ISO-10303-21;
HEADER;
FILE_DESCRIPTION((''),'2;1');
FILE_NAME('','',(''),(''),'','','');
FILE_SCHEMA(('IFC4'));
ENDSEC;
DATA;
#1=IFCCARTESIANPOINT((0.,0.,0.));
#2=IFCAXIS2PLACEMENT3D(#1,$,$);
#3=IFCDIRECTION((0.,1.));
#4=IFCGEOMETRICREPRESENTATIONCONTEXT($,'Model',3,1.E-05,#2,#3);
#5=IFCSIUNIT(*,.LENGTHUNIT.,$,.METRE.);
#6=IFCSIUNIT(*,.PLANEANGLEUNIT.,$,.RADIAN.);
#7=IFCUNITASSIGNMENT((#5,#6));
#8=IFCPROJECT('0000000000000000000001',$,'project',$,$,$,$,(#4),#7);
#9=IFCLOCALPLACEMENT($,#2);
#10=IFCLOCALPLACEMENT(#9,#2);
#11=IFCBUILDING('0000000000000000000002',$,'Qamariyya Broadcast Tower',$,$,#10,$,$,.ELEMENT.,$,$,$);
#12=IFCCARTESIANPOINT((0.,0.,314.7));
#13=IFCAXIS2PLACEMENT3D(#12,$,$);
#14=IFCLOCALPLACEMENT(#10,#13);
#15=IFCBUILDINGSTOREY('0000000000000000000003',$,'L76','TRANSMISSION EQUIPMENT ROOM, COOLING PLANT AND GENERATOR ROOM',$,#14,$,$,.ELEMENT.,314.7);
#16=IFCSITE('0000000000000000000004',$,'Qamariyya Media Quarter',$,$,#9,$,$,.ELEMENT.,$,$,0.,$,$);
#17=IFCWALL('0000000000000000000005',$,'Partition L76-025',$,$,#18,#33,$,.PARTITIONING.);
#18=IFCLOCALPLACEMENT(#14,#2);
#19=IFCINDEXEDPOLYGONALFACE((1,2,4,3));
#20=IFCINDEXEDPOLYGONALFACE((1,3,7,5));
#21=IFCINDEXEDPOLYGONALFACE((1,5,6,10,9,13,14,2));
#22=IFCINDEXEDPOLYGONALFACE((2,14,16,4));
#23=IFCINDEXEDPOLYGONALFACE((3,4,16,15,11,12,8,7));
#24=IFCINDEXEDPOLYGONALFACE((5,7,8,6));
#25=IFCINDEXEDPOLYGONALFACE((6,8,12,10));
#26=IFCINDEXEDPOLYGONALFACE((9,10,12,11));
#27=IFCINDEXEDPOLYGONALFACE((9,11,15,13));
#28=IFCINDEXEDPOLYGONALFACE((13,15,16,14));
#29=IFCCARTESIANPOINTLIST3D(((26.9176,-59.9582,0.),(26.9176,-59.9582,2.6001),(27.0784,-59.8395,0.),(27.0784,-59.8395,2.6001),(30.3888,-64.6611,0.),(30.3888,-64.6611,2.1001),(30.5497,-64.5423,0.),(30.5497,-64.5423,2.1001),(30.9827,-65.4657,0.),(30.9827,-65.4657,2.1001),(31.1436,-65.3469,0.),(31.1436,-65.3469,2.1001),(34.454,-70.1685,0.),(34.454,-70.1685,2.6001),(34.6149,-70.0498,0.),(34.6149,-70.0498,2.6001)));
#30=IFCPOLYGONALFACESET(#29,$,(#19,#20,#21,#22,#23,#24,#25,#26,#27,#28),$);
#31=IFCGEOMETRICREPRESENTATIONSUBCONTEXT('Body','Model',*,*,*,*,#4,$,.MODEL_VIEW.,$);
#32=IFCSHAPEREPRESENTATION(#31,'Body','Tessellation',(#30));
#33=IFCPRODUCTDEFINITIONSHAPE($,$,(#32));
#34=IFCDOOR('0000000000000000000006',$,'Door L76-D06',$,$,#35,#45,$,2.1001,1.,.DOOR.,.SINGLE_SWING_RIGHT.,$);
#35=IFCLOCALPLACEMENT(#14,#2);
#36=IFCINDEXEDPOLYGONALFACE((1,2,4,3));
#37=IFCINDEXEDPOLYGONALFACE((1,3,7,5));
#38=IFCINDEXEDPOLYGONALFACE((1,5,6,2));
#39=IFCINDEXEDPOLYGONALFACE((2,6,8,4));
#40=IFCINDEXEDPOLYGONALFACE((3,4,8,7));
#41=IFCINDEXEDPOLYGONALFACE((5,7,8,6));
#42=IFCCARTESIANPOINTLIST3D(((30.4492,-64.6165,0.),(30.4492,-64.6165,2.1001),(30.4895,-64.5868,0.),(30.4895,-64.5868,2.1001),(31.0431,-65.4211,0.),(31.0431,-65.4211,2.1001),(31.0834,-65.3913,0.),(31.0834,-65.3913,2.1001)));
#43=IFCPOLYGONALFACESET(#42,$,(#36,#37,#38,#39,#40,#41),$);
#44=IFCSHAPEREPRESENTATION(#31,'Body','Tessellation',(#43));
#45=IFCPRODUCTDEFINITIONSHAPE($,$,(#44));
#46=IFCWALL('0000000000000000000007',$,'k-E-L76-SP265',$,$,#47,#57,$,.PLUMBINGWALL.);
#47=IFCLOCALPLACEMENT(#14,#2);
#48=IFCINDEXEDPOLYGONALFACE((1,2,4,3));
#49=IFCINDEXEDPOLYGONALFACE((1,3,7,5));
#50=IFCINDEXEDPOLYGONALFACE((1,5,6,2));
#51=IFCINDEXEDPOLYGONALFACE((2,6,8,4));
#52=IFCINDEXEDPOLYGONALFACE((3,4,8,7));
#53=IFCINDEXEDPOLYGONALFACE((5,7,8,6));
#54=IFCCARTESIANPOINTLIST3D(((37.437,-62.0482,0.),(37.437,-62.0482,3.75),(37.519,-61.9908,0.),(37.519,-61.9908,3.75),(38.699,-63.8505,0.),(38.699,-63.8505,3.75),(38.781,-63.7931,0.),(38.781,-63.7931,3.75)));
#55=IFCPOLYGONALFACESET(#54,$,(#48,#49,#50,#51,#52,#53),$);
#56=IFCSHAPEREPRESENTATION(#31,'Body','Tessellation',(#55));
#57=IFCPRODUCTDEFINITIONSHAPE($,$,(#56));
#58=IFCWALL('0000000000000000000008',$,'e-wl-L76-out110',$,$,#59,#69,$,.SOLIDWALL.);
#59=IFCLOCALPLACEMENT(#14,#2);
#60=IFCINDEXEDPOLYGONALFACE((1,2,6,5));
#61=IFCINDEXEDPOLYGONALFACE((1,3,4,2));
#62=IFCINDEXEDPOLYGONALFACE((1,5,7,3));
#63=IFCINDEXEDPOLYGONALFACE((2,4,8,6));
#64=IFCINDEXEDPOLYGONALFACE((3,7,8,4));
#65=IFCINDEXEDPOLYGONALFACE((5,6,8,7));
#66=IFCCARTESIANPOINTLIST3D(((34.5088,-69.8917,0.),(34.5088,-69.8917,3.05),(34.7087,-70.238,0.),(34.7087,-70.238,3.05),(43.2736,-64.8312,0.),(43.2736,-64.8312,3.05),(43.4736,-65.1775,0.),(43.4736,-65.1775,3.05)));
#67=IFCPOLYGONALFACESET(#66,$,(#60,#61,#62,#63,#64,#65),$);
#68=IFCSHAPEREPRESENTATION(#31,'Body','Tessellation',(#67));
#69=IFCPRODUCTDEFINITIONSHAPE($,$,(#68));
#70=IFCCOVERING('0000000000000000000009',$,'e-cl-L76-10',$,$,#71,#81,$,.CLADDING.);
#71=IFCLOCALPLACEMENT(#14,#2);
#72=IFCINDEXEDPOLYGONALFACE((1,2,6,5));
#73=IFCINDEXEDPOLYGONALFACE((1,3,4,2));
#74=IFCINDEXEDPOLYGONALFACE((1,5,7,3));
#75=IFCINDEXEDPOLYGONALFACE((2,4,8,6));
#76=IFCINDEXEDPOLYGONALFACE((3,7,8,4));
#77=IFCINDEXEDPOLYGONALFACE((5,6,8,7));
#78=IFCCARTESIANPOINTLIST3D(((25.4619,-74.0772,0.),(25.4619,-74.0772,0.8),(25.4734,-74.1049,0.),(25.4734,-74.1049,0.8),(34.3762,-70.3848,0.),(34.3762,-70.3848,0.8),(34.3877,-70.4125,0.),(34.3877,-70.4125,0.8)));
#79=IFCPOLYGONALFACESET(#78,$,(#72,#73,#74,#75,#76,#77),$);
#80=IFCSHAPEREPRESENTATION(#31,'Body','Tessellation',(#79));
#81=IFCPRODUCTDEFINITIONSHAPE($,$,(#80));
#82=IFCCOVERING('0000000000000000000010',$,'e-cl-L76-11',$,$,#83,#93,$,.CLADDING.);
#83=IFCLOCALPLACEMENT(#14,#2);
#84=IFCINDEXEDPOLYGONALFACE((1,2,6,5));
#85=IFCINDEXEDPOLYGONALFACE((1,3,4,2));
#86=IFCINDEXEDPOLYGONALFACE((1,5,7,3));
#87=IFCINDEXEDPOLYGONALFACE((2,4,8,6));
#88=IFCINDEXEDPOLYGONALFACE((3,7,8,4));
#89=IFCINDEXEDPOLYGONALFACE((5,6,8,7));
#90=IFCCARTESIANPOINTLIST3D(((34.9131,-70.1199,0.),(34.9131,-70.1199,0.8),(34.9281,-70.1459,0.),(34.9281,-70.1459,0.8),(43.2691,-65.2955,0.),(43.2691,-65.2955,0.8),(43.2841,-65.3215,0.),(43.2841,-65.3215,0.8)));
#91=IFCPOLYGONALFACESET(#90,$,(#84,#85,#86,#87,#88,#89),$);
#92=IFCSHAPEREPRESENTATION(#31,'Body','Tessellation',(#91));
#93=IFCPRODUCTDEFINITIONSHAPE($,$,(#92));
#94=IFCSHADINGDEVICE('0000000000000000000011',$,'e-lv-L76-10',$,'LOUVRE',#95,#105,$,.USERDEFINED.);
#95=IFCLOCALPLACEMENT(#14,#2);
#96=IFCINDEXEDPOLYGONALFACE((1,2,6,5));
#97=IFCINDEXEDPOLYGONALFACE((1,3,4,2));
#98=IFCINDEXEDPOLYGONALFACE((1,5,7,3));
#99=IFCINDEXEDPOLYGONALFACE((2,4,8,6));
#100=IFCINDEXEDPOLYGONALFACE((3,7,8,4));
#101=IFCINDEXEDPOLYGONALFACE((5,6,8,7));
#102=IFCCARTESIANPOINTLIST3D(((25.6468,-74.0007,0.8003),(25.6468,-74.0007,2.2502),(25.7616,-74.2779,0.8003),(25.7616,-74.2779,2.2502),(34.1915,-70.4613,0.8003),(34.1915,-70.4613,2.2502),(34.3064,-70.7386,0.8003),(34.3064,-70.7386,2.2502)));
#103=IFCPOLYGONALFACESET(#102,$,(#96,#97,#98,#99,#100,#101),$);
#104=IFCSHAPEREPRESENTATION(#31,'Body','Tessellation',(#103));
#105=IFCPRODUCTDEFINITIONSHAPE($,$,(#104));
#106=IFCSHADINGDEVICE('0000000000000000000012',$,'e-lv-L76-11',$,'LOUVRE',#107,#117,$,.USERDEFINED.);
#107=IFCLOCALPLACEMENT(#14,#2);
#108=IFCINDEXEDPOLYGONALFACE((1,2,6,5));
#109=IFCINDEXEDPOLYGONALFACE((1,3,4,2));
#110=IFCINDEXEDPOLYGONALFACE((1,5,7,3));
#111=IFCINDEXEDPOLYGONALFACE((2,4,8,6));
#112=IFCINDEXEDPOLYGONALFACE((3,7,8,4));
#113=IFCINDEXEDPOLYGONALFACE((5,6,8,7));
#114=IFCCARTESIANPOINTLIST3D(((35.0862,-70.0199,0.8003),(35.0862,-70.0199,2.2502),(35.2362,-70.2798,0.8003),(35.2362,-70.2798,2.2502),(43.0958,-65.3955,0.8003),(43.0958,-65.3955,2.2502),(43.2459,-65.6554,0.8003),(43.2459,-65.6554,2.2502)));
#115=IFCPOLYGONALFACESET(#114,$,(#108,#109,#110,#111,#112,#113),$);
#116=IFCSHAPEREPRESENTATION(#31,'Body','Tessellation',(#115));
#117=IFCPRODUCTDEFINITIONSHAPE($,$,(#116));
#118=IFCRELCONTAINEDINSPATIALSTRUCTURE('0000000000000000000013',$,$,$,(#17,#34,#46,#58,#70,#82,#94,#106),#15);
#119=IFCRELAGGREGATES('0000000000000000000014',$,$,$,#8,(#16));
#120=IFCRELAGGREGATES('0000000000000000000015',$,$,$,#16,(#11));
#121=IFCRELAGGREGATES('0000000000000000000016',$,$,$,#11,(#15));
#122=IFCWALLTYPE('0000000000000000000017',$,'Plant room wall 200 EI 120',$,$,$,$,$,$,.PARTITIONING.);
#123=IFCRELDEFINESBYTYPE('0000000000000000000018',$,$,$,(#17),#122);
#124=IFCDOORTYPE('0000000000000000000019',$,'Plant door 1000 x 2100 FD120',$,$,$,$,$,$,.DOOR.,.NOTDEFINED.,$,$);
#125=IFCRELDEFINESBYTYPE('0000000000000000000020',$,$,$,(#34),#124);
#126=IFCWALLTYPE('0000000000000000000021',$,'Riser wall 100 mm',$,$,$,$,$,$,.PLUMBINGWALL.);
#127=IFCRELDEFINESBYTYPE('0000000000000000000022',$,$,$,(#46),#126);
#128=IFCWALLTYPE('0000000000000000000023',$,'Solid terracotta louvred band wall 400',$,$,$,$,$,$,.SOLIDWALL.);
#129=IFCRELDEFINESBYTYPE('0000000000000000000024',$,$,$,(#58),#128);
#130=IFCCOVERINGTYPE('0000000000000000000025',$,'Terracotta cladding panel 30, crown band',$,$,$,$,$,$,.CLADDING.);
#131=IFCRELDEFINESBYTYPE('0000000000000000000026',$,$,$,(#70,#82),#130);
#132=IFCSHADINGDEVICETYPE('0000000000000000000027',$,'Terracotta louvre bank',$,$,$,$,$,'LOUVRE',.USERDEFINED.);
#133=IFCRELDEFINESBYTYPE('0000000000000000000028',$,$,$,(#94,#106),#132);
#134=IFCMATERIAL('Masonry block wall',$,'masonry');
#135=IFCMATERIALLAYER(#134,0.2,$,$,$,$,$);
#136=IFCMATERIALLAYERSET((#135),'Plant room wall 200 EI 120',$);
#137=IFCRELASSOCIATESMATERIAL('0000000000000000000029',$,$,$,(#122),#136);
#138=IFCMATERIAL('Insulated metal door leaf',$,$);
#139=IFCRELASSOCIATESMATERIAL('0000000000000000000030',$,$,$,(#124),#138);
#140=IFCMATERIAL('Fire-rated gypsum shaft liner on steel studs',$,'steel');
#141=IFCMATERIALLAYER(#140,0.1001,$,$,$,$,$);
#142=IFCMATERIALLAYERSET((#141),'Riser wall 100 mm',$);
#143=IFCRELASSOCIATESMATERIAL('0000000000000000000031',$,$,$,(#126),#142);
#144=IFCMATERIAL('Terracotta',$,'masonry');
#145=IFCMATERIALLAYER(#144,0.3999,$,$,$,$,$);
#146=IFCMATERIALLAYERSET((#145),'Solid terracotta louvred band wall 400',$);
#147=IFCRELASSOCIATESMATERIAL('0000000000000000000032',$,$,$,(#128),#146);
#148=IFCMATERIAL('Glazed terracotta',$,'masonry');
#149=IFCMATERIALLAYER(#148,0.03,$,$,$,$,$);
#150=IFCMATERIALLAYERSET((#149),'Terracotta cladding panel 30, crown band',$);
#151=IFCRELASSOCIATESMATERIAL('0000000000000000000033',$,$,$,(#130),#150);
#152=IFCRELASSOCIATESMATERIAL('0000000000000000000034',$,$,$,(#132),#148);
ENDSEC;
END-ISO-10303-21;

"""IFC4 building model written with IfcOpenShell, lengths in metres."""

from ifc_helpers import new_model, si_unit, direction, frame, frame_2d, origin, origin_2d, place, context, subcontext, project, spatial, rectangle, extrude, material, layer, layer_set, type_object, element, fill, save


model = new_model("IFC4")

# Units and contexts
model_context = context("Model", 3, precision=1e-05, world=origin(), true_north=direction((0.0, 1.0)))
body_context = subcontext(model_context, "Body", "Model", "MODEL_VIEW")
ifc_project = project(units=[si_unit("LENGTHUNIT", "METRE"), si_unit("PLANEANGLEUNIT", "RADIAN")], contexts=[model_context])

# Site, building, storey
site_placement = place(None, origin())
site = spatial("IfcSite", under=ifc_project, at=site_placement, Name="Qamariyya Media Quarter", CompositionType="ELEMENT", RefElevation=0.0)
building_placement = place(site_placement, origin())
building = spatial("IfcBuilding", under=site, at=building_placement, Name="Qamariyya Broadcast Tower", CompositionType="ELEMENT")
storey_placement = place(building_placement, frame((0.0, 0.0, 314.7)))
storey = spatial("IfcBuildingStorey", under=building, at=storey_placement, Name="L76", Description="TRANSMISSION EQUIPMENT ROOM, COOLING PLANT AND GENERATOR ROOM", CompositionType="ELEMENT", Elevation=314.7)

# Wall, opening, door
ifc_material_1 = material(Name="Masonry block wall", Category="masonry")
ifc_layer_1 = layer(ifc_material_1, 0.2)
ifc_layer_set_1 = layer_set([ifc_layer_1], Name="Plant room wall 200 EI 120")
wall_type_1 = type_object("IfcWallType", Name="Plant room wall 200 EI 120", PredefinedType="PARTITIONING", material=ifc_layer_set_1)
wall_1_placement = place(storey_placement, frame((34.5344, -70.1091, 0.0), z_axis=(0.0, 0.0, 1.0), x_axis=(-0.593866, 0.804564, 0.0)))
wall_1 = element("IfcWall", 1, at=wall_1_placement, inside=storey, type_object=wall_type_1, Name="Partition L76-025", PredefinedType="PARTITIONING", context=body_context, shape_type="SweptSolid", body=[
    extrude(rectangle(XDim=12.6904, YDim=0.2, at=frame_2d((6.3452, 0.0))), origin(), (0.0, 0.0, 1.0), 2.6001),
])
opening_1_placement = place(wall_1_placement, frame((5.8452, 0.0, 0.0)))
opening_1 = element("IfcOpeningElement", 2, at=opening_1_placement, cuts=wall_1, PredefinedType="OPENING", context=body_context, shape_type="SweptSolid", body=[
    extrude(rectangle(XDim=1.0, YDim=2.1001, at=frame_2d((0.5, 1.05))), frame((0.0, 0.1099, 0.0), z_axis=(0.0, -1.0, 0.0), x_axis=(1.0, 0.0, 0.0)), (0.0, 0.0, 1.0), 0.22),
])
ifc_material_2 = material(Name="Insulated metal door leaf")
door_type_1 = type_object("IfcDoorType", Name="Plant door 1000 x 2100 FD120", OperationType="NOTDEFINED", PredefinedType="DOOR", material=ifc_material_2)
door_1_placement = place(opening_1_placement, origin())
door_1 = element("IfcDoor", 3, at=door_1_placement, inside=storey, type_object=door_type_1, Name="Door L76-D06", OperationType="SINGLE_SWING_RIGHT", OverallHeight=2.1001, OverallWidth=1.0, PredefinedType="DOOR", context=body_context, shape_type="SweptSolid", body=[
    extrude(rectangle(XDim=1.0, YDim=2.1001, at=frame_2d((0.5, 1.05))), frame((0.0, 0.0249, 0.0), z_axis=(0.0, -1.0, 0.0), x_axis=(1.0, 0.0, 0.0)), (0.0, 0.0, 1.0), 0.05),
])
fill(opening_1, door_1)

# Walls
ifc_material_3 = material(Name="Fire-rated gypsum shaft liner on steel studs", Category="steel")
ifc_layer_2 = layer(ifc_material_3, 0.1001)
ifc_layer_set_2 = layer_set([ifc_layer_2], Name="Riser wall 100 mm")
wall_type_2 = type_object("IfcWallType", Name="Riser wall 100 mm", PredefinedType="PLUMBINGWALL", material=ifc_layer_set_2)
wall_2_placement = place(storey_placement, frame((37.478, -62.0195, 0.0), z_axis=(0.0, 0.0, 1.0), x_axis=(0.573581, -0.819149, 0.0)))
element("IfcWall", 4, at=wall_2_placement, inside=storey, type_object=wall_type_2, Name="k-E-L76-SP265", PredefinedType="PLUMBINGWALL", context=body_context, shape_type="SweptSolid", body=[
    extrude(rectangle(XDim=2.2002, YDim=0.1001, at=frame_2d((1.1001, 0.0))), origin(), (0.0, 0.0, 1.0), 3.75),
])
ifc_material_4 = material(Name="Terracotta", Category="masonry")
ifc_layer_3 = layer(ifc_material_4, 0.3999)
ifc_layer_set_3 = layer_set([ifc_layer_3], Name="Solid terracotta louvred band wall 400")
wall_type_3 = type_object("IfcWallType", Name="Solid terracotta louvred band wall 400", PredefinedType="SOLIDWALL", material=ifc_layer_set_3)
wall_3_placement = place(storey_placement, frame((34.6086, -70.0649, 0.0), z_axis=(0.0, 0.0, 1.0), x_axis=(0.86602, 0.50001, 0.0)))
element("IfcWall", 5, at=wall_3_placement, inside=storey, type_object=wall_type_3, Name="e-wl-L76-out110", PredefinedType="SOLIDWALL", context=body_context, shape_type="SweptSolid", body=[
    extrude(rectangle(XDim=10.1208, YDim=0.3999, at=frame_2d((5.0605, 0.0))), origin(), (0.0, 0.0, 1.0), 3.05),
])

# Coverings
ifc_material_5 = material(Name="Glazed terracotta", Category="masonry")
ifc_layer_4 = layer(ifc_material_5, 0.03)
ifc_layer_set_4 = layer_set([ifc_layer_4], Name="Terracotta cladding panel 30, crown band")
covering_type = type_object("IfcCoveringType", Name="Terracotta cladding panel 30, crown band", PredefinedType="CLADDING", material=ifc_layer_set_4)
for number, where, z_axis, x_axis, name in (
    (6, (29.9248, -72.2449, 0.0), (0.0, 0.0, 1.0), (0.92388, 0.382683, 0.0), "e-cl-L76-10"),
    (7, (39.0986, -67.7207, 0.0), (0.0, 0.0, 1.0), (0.866025, 0.5, 0.0), "e-cl-L76-11"),
):
    element("IfcCovering", number, at=place(storey_placement, frame(where, z_axis=z_axis, x_axis=x_axis)), inside=storey, type_object=covering_type, Name=name, PredefinedType="CLADDING", context=body_context, shape_type="SweptSolid", body=[
        extrude(rectangle(XDim=9.6487, YDim=0.03, at=origin_2d()), origin(), (0.0, 0.0, 1.0), 0.8),
    ])

# Shading devices
shading_device_type = type_object("IfcShadingDeviceType", Name="Terracotta louvre bank", ElementType="LOUVRE", PredefinedType="USERDEFINED", material=ifc_material_5)
for number, where, z_axis, x_axis, name in (
    (8, (29.9766, -72.3696, 0.8003), (0.0, 0.0, 1.0), (0.92388, 0.382683, 0.0), "e-lv-L76-10"),
    (9, (39.166, -67.8376, 0.8003), (0.0, 0.0, 1.0), (0.866025, 0.5, 0.0), "e-lv-L76-11"),
):
    element("IfcShadingDevice", number, at=place(storey_placement, frame(where, z_axis=z_axis, x_axis=x_axis)), inside=storey, type_object=shading_device_type, Name=name, ObjectType="LOUVRE", PredefinedType="USERDEFINED", context=body_context, shape_type="SweptSolid", body=[
        extrude(rectangle(XDim=9.2488, YDim=0.3, at=origin_2d()), origin(), (0.0, 0.0, 1.0), 1.45),
    ])

save(model, "model.ifc")
